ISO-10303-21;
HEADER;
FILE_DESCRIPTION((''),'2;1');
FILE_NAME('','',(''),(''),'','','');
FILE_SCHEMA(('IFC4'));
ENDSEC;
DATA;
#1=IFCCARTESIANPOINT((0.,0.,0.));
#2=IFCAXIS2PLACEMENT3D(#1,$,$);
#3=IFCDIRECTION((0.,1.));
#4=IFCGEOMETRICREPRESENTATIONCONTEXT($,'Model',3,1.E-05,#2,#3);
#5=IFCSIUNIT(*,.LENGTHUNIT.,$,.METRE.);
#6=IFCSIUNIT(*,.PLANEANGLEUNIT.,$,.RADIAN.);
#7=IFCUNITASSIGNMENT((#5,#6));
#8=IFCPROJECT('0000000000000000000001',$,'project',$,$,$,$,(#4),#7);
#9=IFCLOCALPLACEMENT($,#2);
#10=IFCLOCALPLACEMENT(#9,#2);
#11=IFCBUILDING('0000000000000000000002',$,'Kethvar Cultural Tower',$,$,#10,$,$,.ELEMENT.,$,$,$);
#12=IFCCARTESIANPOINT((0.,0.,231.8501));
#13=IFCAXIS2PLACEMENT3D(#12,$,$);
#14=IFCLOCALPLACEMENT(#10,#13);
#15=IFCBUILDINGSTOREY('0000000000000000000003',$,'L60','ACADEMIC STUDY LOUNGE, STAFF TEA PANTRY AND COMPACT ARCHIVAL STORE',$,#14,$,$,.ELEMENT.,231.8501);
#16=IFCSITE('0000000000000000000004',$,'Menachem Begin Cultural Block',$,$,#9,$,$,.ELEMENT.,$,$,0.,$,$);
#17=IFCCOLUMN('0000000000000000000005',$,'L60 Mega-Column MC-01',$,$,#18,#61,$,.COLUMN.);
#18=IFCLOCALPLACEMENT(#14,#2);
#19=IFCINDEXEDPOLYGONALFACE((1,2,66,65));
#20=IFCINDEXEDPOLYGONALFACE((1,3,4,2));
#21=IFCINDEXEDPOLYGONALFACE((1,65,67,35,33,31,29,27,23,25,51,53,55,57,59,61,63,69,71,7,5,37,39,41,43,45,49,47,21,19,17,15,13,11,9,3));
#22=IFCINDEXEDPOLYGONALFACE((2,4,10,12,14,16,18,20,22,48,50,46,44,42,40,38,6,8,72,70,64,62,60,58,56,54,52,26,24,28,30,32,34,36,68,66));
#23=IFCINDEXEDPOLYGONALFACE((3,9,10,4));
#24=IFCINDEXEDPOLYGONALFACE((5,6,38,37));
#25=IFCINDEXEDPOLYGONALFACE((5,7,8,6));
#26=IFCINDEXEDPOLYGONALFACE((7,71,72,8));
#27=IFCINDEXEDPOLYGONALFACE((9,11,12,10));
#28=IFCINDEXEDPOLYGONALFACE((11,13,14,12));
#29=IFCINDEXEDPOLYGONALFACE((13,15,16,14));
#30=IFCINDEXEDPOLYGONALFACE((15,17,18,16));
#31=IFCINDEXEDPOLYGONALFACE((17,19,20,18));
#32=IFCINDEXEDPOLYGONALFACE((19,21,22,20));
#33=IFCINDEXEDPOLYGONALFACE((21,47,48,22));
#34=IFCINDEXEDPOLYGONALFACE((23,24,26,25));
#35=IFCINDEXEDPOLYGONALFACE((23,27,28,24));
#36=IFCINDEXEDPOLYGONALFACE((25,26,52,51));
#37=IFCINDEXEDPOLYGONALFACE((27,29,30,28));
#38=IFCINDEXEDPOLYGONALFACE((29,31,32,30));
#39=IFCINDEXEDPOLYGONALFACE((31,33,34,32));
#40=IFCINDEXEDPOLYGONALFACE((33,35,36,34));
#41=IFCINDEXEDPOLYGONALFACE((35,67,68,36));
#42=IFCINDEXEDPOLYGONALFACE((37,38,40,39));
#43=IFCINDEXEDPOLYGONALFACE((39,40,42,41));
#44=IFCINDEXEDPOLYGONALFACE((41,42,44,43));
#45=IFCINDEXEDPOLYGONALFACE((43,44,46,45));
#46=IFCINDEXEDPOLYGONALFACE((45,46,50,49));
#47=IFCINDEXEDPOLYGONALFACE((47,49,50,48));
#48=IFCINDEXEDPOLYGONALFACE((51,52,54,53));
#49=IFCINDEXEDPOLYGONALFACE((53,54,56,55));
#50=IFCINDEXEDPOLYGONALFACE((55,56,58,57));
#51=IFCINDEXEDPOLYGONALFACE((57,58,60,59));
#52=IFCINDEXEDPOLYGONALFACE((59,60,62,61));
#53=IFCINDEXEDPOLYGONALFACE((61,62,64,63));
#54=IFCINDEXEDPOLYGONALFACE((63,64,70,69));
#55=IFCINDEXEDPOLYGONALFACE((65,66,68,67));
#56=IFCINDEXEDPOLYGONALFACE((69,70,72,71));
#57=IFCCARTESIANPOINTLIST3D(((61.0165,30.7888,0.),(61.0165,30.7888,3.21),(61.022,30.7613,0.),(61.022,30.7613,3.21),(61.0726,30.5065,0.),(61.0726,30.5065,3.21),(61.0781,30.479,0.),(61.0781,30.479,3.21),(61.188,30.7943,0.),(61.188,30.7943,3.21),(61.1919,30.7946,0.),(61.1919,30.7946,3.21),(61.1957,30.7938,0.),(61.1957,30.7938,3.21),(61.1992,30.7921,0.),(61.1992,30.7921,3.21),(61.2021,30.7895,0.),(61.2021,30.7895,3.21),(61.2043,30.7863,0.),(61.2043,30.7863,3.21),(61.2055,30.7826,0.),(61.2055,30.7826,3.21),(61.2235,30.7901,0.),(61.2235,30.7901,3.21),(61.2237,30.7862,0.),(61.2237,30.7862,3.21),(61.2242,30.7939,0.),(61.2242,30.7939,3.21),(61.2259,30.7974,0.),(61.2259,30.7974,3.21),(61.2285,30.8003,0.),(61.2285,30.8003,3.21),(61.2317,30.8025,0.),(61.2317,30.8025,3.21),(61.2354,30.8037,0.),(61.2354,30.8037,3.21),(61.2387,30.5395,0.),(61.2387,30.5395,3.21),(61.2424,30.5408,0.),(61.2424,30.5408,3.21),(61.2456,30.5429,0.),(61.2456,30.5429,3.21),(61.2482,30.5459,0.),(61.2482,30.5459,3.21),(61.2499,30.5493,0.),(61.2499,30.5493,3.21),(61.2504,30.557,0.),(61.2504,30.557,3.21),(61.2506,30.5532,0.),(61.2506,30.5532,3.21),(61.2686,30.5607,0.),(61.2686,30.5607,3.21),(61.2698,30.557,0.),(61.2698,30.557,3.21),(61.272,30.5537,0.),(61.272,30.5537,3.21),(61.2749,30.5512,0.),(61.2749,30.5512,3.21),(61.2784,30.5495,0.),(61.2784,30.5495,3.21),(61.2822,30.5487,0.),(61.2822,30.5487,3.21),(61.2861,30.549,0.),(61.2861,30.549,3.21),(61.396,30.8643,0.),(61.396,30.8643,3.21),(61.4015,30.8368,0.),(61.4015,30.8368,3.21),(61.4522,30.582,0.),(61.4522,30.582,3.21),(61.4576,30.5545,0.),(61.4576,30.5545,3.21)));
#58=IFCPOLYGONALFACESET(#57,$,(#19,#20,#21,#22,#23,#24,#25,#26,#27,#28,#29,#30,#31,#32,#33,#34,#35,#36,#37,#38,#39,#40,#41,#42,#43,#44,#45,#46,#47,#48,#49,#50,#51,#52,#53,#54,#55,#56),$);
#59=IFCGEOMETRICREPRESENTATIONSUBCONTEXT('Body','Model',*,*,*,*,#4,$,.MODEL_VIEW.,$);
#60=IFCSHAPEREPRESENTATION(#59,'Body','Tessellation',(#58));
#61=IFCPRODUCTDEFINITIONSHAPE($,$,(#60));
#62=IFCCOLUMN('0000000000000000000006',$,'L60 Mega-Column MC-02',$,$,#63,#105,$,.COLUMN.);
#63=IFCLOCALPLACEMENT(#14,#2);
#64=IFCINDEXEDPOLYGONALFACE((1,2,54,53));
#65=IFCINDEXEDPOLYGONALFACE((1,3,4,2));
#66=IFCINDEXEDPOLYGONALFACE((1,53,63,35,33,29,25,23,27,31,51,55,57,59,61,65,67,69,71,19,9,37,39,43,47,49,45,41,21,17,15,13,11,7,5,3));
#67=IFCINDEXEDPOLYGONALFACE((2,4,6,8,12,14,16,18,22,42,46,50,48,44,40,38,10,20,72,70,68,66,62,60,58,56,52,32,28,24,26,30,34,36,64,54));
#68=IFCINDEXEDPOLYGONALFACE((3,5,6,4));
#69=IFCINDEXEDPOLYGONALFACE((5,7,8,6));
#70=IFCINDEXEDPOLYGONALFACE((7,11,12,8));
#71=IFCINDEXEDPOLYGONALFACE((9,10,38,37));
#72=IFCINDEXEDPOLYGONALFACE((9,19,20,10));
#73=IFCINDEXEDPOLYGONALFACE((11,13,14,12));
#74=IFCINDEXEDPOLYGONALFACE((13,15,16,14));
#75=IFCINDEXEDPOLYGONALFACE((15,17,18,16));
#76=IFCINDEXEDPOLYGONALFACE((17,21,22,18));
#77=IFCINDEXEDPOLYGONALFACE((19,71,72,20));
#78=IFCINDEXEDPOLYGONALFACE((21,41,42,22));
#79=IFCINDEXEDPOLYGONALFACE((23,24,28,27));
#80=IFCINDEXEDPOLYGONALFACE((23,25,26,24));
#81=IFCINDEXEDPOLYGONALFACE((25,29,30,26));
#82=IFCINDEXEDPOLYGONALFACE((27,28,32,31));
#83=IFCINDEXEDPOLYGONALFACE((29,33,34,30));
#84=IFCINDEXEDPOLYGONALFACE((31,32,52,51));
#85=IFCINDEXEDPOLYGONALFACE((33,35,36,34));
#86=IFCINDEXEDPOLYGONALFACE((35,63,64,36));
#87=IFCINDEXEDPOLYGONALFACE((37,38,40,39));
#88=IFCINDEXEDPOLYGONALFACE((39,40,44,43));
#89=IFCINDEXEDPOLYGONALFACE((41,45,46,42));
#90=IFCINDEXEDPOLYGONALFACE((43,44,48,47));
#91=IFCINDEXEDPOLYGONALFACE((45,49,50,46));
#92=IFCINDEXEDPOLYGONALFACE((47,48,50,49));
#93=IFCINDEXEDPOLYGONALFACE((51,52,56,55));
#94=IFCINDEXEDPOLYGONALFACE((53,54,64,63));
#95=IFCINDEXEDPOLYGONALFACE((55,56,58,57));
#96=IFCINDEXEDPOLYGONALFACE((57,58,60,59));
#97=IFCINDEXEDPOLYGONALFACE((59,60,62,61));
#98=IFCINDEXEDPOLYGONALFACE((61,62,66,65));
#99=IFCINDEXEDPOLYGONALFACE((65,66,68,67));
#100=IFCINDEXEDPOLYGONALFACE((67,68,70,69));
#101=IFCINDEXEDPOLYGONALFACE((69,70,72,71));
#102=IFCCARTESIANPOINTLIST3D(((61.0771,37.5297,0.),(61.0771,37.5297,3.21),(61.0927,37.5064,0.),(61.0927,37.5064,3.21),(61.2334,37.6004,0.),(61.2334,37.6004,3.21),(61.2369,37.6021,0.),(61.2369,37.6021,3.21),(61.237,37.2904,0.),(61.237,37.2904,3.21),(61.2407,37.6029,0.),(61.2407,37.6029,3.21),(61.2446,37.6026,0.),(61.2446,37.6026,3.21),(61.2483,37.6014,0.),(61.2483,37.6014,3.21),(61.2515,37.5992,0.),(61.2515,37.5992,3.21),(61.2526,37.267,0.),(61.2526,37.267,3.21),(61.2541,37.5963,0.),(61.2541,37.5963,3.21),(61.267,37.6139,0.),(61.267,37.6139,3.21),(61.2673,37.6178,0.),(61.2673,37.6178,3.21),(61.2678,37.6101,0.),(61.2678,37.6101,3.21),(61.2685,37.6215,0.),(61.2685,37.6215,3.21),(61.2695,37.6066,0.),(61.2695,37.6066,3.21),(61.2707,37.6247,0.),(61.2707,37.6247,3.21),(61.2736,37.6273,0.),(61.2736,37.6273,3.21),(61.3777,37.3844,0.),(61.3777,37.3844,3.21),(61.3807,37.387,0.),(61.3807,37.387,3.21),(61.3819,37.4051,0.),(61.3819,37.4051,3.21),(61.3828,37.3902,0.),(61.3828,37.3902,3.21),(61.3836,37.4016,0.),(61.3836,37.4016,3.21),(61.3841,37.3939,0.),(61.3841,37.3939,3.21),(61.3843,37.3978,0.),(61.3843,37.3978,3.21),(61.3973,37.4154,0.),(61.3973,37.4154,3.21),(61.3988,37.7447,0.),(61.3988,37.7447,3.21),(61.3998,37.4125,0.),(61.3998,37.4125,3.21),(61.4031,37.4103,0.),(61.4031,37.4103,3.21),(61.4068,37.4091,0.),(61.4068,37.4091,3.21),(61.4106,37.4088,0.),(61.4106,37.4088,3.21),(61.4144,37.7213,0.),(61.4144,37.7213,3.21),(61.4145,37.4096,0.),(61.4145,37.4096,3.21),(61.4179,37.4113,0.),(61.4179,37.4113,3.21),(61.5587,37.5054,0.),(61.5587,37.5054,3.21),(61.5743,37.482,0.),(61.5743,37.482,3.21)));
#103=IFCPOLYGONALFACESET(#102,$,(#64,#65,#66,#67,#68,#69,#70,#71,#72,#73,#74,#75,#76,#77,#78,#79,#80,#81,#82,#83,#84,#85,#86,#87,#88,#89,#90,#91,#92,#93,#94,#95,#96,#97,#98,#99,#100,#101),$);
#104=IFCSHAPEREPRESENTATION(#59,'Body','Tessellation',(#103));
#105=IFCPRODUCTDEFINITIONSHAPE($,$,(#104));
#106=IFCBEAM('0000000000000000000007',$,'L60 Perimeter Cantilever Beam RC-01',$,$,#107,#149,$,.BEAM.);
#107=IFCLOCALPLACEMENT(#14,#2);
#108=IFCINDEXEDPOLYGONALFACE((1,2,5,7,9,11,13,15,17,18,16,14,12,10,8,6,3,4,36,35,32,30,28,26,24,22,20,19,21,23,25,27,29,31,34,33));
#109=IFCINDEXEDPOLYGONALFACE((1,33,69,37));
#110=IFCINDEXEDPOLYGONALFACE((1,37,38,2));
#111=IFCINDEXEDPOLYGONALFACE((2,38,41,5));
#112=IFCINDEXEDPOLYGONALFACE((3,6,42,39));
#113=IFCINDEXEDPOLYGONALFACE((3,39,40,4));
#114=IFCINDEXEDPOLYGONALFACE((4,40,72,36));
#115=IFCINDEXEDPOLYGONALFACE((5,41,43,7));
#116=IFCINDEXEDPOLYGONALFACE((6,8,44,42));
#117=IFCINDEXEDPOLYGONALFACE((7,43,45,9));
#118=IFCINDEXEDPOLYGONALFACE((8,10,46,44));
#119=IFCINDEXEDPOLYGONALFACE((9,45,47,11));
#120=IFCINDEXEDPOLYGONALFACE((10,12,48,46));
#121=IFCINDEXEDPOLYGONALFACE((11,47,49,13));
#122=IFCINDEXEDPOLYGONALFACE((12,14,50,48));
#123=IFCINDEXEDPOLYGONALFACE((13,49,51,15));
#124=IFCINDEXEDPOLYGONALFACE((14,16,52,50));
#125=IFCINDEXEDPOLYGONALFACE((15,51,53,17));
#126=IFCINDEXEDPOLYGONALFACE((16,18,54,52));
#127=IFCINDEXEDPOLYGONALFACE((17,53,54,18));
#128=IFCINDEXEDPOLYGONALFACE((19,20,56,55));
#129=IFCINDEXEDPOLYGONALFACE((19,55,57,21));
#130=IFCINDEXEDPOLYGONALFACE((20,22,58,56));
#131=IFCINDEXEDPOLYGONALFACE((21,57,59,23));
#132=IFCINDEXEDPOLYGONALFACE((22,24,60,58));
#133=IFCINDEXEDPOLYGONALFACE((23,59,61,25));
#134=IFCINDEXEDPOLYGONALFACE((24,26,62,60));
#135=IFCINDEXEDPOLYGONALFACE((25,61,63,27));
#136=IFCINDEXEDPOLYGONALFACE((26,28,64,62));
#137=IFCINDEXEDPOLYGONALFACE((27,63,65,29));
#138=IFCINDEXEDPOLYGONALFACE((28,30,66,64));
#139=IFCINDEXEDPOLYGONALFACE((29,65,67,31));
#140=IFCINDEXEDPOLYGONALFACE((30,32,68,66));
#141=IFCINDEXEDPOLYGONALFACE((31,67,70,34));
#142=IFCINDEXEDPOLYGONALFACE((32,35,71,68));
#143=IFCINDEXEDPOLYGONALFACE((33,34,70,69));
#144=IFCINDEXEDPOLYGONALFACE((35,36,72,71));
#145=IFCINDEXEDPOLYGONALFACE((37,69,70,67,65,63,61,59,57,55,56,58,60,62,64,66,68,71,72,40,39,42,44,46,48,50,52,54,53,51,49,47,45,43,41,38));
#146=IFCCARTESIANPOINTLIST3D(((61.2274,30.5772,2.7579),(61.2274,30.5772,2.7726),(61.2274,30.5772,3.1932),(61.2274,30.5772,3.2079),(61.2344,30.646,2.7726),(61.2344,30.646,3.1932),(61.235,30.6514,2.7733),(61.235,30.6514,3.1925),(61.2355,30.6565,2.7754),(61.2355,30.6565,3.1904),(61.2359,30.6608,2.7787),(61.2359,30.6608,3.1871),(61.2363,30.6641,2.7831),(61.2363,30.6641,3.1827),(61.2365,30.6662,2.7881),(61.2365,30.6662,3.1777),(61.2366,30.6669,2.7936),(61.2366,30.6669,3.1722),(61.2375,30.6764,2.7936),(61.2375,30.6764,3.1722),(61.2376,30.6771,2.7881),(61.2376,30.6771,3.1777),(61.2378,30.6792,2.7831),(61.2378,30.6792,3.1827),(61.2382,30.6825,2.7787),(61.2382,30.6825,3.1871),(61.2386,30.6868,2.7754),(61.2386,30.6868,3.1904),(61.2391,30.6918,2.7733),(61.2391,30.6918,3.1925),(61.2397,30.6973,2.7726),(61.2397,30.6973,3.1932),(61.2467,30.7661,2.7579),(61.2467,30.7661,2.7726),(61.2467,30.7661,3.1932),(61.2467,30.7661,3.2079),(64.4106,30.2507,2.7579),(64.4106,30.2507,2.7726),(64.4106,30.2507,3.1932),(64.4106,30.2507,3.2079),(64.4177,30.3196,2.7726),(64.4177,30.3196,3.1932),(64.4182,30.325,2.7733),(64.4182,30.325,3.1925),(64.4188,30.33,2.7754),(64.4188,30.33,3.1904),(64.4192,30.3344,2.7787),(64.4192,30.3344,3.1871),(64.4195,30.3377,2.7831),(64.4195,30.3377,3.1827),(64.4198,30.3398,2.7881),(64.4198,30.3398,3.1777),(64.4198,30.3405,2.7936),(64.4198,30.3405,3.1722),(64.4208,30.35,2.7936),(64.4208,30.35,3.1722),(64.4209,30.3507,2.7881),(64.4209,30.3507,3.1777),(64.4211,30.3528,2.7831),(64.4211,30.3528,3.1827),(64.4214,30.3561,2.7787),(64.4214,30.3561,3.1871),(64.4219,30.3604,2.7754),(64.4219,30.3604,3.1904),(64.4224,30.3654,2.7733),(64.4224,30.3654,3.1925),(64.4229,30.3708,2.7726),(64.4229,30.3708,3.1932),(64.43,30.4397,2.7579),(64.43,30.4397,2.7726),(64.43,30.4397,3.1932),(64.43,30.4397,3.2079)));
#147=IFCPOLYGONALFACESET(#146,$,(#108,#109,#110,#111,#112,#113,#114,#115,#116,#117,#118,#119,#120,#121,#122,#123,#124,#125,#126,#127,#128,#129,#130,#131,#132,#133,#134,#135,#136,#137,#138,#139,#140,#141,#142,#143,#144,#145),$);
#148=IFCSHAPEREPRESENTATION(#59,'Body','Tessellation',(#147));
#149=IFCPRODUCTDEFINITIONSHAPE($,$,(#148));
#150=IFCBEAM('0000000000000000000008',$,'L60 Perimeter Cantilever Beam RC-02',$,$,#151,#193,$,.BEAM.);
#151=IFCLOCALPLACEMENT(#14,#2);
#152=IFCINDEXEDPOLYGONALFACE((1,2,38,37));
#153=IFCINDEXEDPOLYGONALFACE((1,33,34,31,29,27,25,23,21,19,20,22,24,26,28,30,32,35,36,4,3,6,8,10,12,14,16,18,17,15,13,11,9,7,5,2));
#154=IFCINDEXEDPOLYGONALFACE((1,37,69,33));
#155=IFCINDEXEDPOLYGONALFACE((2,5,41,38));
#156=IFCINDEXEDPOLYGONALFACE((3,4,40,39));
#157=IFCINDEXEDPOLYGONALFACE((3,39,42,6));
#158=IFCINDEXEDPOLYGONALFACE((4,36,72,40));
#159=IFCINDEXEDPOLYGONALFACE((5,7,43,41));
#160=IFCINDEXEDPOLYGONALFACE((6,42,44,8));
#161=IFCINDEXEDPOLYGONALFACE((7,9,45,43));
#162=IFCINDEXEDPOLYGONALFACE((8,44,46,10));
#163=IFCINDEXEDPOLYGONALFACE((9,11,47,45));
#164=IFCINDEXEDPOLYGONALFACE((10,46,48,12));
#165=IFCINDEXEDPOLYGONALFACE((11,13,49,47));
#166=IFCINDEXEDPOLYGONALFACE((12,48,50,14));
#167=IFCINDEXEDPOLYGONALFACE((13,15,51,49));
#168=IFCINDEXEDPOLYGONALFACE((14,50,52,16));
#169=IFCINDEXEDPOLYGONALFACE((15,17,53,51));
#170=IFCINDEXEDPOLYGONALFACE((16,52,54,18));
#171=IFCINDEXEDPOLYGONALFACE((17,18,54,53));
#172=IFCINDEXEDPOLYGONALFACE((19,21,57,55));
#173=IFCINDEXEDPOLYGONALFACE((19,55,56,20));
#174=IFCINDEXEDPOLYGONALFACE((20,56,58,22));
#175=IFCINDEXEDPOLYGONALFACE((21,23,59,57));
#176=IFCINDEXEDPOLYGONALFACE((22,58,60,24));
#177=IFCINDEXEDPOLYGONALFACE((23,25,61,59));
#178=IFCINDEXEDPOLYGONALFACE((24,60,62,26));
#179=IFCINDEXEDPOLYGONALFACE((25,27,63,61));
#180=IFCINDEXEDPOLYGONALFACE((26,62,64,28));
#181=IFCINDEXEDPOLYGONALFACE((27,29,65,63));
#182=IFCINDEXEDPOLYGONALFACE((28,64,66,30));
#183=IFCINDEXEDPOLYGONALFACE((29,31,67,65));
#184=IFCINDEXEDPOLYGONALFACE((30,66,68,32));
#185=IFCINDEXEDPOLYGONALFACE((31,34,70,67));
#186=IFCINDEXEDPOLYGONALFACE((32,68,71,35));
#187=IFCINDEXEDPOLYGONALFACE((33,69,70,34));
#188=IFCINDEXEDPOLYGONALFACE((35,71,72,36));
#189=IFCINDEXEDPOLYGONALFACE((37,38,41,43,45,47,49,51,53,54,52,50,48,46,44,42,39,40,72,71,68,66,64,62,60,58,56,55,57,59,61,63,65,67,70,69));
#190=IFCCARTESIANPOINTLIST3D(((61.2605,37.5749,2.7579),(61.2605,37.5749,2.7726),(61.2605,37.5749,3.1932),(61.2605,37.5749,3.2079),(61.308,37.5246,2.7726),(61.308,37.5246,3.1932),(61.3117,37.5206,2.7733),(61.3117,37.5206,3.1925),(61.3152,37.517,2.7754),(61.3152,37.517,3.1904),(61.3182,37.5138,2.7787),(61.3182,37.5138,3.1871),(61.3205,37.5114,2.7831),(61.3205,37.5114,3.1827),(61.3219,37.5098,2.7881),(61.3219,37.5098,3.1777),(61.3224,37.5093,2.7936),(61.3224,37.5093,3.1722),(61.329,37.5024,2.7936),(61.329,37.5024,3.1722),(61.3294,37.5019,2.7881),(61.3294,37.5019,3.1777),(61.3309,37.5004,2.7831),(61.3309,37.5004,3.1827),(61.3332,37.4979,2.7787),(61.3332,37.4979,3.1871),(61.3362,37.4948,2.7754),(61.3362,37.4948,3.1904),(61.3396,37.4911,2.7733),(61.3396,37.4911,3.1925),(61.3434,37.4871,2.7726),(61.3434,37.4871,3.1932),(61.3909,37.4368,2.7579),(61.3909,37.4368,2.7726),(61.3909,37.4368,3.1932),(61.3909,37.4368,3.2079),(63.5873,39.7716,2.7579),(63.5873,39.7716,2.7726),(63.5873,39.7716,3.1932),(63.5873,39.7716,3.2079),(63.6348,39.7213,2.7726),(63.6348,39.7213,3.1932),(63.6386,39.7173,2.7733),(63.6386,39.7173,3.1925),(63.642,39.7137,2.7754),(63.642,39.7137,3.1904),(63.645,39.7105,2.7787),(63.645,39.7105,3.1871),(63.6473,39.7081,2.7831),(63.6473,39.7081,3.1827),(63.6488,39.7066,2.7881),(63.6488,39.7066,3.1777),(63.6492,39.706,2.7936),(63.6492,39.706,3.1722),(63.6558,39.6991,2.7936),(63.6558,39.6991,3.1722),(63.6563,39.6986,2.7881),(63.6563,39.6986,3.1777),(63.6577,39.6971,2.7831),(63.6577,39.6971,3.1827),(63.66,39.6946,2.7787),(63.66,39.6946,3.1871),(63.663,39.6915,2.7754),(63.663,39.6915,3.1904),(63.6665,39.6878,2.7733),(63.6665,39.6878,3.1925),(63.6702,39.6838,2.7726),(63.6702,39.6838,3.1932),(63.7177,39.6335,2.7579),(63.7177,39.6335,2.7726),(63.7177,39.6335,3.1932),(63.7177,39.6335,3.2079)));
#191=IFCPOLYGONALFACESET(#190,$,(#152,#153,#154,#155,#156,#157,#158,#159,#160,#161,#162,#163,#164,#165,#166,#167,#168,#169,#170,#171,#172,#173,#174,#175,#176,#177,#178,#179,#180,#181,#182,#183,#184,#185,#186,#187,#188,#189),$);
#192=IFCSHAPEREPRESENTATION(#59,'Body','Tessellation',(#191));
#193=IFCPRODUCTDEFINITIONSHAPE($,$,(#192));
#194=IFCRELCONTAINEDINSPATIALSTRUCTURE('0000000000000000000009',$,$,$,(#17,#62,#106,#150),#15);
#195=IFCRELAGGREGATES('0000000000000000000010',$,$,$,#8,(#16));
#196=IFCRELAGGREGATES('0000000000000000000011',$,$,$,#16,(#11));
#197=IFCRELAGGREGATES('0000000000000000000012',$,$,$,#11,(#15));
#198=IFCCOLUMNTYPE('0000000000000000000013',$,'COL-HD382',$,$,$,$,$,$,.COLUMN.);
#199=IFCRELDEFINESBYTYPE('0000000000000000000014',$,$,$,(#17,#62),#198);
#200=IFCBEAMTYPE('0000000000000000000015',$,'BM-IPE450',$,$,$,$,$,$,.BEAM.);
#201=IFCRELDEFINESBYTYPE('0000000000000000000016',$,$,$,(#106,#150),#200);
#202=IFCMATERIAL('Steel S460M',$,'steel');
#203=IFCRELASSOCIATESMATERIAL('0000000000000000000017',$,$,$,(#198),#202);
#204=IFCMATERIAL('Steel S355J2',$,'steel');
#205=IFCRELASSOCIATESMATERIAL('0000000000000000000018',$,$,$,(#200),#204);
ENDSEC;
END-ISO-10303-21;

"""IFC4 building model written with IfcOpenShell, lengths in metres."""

from ifc_helpers import new_model, si_unit, direction, frame, origin, origin_2d, place, context, subcontext, project, spatial, i_section, extrude, source, transform, mapped, material, material_profile, profile_set, type_object, element, save


model = new_model("IFC4")

# Units and contexts
model_context = context("Model", 3, precision=1e-05, world=origin(), true_north=direction((0.0, 1.0)))
body_context = subcontext(model_context, "Body", "Model", "MODEL_VIEW")
ifc_project = project(units=[si_unit("LENGTHUNIT", "METRE"), si_unit("PLANEANGLEUNIT", "RADIAN")], contexts=[model_context])

# Site, building, storey
site_placement = place(None, origin())
site = spatial("IfcSite", under=ifc_project, at=site_placement, Name="Menachem Begin Cultural Block", CompositionType="ELEMENT", RefElevation=0.0)
building_placement = place(site_placement, origin())
building = spatial("IfcBuilding", under=site, at=building_placement, Name="Kethvar Cultural Tower", CompositionType="ELEMENT")
storey_placement = place(building_placement, frame((0.0, 0.0, 231.8501)))
storey = spatial("IfcBuildingStorey", under=building, at=storey_placement, Name="L60", Description="ACADEMIC STUDY LOUNGE, STAFF TEA PANTRY AND COMPACT ARCHIVAL STORE", CompositionType="ELEMENT", Elevation=231.8501)

# Columns
ifc_material_1 = material(Name="Steel S460M", Category="steel")
ifc_material_profile_1 = material_profile(ifc_material_1, i_section(OverallWidth=0.387, OverallDepth=0.3159, WebThickness=0.0186, FlangeThickness=0.0281, FilletRadius=0.0149, at=origin_2d()), Name="Steel S460M — HD400x382")
ifc_profile_set_1 = profile_set([ifc_material_profile_1], Name="Steel S460M — HD400x382")
column_type = type_object("IfcColumnType", Name="COL-HD382", PredefinedType="COLUMN", material=ifc_profile_set_1)
shared_shape_1 = source(origin(), body_context, "Body", "SweptSolid", [
    extrude(i_section(OverallWidth=0.387, OverallDepth=0.3159, WebThickness=0.0186, FlangeThickness=0.0281, FilletRadius=0.0149, at=origin_2d()), origin(), (0.0, 0.0, 1.0), 3.21),
])
for number, where, z_axis, x_axis, name in (
    (1, (61.2371, 30.6716, 0.0), (0.0, 0.0, 1.0), (0.980785, 0.19509, 0.0), "L60 Mega-Column MC-01"),
    (2, (61.3257, 37.5059, 0.0), (0.0, 0.0, 1.0), (0.83147, 0.55557, 0.0), "L60 Mega-Column MC-02"),
):
    element("IfcColumn", number, at=place(storey_placement, frame(where, z_axis=z_axis, x_axis=x_axis)), inside=storey, type_object=column_type, Name=name, PredefinedType="COLUMN", context=body_context, shape_type="MappedRepresentation", body=[
        mapped(shared_shape_1, transform((0.0, 0.0, 0.0), scale=1.0)),
    ])

# Beams
ifc_material_2 = material(Name="Steel S355J2", Category="steel")
ifc_material_profile_2 = material_profile(ifc_material_2, i_section(OverallWidth=0.1899, OverallDepth=0.45, WebThickness=0.0095, FlangeThickness=0.0146, FilletRadius=0.021, at=origin_2d()), Name="Steel S355J2 — IPE450")
ifc_profile_set_2 = profile_set([ifc_material_profile_2], Name="Steel S355J2 — IPE450")
beam_type_1 = type_object("IfcBeamType", Name="BM-IPE450", PredefinedType="BEAM", material=ifc_profile_set_2)
shared_shape_2 = source(origin(), body_context, "Body", "SweptSolid", [
    extrude(i_section(OverallWidth=0.1899, OverallDepth=0.45, WebThickness=0.0095, FlangeThickness=0.0146, FilletRadius=0.021, at=origin_2d()), origin(), (0.0, 0.0, 1.0), 3.2),
])
for number, where, z_axis, x_axis, name in (
    (3, (61.2371, 30.6716, 2.9829), (0.994784, -0.102004, 0.0), (0.102004, 0.994784, 0.0), "L60 Perimeter Cantilever Beam RC-01"),
    (4, (61.3257, 37.5059, 2.9829), (0.727146, 0.686482, 0.0), (-0.686482, 0.727146, 0.0), "L60 Perimeter Cantilever Beam RC-02"),
):
    element("IfcBeam", number, at=place(storey_placement, frame(where, z_axis=z_axis, x_axis=x_axis)), inside=storey, type_object=beam_type_1, Name=name, PredefinedType="BEAM", context=body_context, shape_type="MappedRepresentation", body=[
        mapped(shared_shape_2, transform((0.0, 0.0, 0.0), scale=1.0)),
    ])

save(model, "model.ifc")
